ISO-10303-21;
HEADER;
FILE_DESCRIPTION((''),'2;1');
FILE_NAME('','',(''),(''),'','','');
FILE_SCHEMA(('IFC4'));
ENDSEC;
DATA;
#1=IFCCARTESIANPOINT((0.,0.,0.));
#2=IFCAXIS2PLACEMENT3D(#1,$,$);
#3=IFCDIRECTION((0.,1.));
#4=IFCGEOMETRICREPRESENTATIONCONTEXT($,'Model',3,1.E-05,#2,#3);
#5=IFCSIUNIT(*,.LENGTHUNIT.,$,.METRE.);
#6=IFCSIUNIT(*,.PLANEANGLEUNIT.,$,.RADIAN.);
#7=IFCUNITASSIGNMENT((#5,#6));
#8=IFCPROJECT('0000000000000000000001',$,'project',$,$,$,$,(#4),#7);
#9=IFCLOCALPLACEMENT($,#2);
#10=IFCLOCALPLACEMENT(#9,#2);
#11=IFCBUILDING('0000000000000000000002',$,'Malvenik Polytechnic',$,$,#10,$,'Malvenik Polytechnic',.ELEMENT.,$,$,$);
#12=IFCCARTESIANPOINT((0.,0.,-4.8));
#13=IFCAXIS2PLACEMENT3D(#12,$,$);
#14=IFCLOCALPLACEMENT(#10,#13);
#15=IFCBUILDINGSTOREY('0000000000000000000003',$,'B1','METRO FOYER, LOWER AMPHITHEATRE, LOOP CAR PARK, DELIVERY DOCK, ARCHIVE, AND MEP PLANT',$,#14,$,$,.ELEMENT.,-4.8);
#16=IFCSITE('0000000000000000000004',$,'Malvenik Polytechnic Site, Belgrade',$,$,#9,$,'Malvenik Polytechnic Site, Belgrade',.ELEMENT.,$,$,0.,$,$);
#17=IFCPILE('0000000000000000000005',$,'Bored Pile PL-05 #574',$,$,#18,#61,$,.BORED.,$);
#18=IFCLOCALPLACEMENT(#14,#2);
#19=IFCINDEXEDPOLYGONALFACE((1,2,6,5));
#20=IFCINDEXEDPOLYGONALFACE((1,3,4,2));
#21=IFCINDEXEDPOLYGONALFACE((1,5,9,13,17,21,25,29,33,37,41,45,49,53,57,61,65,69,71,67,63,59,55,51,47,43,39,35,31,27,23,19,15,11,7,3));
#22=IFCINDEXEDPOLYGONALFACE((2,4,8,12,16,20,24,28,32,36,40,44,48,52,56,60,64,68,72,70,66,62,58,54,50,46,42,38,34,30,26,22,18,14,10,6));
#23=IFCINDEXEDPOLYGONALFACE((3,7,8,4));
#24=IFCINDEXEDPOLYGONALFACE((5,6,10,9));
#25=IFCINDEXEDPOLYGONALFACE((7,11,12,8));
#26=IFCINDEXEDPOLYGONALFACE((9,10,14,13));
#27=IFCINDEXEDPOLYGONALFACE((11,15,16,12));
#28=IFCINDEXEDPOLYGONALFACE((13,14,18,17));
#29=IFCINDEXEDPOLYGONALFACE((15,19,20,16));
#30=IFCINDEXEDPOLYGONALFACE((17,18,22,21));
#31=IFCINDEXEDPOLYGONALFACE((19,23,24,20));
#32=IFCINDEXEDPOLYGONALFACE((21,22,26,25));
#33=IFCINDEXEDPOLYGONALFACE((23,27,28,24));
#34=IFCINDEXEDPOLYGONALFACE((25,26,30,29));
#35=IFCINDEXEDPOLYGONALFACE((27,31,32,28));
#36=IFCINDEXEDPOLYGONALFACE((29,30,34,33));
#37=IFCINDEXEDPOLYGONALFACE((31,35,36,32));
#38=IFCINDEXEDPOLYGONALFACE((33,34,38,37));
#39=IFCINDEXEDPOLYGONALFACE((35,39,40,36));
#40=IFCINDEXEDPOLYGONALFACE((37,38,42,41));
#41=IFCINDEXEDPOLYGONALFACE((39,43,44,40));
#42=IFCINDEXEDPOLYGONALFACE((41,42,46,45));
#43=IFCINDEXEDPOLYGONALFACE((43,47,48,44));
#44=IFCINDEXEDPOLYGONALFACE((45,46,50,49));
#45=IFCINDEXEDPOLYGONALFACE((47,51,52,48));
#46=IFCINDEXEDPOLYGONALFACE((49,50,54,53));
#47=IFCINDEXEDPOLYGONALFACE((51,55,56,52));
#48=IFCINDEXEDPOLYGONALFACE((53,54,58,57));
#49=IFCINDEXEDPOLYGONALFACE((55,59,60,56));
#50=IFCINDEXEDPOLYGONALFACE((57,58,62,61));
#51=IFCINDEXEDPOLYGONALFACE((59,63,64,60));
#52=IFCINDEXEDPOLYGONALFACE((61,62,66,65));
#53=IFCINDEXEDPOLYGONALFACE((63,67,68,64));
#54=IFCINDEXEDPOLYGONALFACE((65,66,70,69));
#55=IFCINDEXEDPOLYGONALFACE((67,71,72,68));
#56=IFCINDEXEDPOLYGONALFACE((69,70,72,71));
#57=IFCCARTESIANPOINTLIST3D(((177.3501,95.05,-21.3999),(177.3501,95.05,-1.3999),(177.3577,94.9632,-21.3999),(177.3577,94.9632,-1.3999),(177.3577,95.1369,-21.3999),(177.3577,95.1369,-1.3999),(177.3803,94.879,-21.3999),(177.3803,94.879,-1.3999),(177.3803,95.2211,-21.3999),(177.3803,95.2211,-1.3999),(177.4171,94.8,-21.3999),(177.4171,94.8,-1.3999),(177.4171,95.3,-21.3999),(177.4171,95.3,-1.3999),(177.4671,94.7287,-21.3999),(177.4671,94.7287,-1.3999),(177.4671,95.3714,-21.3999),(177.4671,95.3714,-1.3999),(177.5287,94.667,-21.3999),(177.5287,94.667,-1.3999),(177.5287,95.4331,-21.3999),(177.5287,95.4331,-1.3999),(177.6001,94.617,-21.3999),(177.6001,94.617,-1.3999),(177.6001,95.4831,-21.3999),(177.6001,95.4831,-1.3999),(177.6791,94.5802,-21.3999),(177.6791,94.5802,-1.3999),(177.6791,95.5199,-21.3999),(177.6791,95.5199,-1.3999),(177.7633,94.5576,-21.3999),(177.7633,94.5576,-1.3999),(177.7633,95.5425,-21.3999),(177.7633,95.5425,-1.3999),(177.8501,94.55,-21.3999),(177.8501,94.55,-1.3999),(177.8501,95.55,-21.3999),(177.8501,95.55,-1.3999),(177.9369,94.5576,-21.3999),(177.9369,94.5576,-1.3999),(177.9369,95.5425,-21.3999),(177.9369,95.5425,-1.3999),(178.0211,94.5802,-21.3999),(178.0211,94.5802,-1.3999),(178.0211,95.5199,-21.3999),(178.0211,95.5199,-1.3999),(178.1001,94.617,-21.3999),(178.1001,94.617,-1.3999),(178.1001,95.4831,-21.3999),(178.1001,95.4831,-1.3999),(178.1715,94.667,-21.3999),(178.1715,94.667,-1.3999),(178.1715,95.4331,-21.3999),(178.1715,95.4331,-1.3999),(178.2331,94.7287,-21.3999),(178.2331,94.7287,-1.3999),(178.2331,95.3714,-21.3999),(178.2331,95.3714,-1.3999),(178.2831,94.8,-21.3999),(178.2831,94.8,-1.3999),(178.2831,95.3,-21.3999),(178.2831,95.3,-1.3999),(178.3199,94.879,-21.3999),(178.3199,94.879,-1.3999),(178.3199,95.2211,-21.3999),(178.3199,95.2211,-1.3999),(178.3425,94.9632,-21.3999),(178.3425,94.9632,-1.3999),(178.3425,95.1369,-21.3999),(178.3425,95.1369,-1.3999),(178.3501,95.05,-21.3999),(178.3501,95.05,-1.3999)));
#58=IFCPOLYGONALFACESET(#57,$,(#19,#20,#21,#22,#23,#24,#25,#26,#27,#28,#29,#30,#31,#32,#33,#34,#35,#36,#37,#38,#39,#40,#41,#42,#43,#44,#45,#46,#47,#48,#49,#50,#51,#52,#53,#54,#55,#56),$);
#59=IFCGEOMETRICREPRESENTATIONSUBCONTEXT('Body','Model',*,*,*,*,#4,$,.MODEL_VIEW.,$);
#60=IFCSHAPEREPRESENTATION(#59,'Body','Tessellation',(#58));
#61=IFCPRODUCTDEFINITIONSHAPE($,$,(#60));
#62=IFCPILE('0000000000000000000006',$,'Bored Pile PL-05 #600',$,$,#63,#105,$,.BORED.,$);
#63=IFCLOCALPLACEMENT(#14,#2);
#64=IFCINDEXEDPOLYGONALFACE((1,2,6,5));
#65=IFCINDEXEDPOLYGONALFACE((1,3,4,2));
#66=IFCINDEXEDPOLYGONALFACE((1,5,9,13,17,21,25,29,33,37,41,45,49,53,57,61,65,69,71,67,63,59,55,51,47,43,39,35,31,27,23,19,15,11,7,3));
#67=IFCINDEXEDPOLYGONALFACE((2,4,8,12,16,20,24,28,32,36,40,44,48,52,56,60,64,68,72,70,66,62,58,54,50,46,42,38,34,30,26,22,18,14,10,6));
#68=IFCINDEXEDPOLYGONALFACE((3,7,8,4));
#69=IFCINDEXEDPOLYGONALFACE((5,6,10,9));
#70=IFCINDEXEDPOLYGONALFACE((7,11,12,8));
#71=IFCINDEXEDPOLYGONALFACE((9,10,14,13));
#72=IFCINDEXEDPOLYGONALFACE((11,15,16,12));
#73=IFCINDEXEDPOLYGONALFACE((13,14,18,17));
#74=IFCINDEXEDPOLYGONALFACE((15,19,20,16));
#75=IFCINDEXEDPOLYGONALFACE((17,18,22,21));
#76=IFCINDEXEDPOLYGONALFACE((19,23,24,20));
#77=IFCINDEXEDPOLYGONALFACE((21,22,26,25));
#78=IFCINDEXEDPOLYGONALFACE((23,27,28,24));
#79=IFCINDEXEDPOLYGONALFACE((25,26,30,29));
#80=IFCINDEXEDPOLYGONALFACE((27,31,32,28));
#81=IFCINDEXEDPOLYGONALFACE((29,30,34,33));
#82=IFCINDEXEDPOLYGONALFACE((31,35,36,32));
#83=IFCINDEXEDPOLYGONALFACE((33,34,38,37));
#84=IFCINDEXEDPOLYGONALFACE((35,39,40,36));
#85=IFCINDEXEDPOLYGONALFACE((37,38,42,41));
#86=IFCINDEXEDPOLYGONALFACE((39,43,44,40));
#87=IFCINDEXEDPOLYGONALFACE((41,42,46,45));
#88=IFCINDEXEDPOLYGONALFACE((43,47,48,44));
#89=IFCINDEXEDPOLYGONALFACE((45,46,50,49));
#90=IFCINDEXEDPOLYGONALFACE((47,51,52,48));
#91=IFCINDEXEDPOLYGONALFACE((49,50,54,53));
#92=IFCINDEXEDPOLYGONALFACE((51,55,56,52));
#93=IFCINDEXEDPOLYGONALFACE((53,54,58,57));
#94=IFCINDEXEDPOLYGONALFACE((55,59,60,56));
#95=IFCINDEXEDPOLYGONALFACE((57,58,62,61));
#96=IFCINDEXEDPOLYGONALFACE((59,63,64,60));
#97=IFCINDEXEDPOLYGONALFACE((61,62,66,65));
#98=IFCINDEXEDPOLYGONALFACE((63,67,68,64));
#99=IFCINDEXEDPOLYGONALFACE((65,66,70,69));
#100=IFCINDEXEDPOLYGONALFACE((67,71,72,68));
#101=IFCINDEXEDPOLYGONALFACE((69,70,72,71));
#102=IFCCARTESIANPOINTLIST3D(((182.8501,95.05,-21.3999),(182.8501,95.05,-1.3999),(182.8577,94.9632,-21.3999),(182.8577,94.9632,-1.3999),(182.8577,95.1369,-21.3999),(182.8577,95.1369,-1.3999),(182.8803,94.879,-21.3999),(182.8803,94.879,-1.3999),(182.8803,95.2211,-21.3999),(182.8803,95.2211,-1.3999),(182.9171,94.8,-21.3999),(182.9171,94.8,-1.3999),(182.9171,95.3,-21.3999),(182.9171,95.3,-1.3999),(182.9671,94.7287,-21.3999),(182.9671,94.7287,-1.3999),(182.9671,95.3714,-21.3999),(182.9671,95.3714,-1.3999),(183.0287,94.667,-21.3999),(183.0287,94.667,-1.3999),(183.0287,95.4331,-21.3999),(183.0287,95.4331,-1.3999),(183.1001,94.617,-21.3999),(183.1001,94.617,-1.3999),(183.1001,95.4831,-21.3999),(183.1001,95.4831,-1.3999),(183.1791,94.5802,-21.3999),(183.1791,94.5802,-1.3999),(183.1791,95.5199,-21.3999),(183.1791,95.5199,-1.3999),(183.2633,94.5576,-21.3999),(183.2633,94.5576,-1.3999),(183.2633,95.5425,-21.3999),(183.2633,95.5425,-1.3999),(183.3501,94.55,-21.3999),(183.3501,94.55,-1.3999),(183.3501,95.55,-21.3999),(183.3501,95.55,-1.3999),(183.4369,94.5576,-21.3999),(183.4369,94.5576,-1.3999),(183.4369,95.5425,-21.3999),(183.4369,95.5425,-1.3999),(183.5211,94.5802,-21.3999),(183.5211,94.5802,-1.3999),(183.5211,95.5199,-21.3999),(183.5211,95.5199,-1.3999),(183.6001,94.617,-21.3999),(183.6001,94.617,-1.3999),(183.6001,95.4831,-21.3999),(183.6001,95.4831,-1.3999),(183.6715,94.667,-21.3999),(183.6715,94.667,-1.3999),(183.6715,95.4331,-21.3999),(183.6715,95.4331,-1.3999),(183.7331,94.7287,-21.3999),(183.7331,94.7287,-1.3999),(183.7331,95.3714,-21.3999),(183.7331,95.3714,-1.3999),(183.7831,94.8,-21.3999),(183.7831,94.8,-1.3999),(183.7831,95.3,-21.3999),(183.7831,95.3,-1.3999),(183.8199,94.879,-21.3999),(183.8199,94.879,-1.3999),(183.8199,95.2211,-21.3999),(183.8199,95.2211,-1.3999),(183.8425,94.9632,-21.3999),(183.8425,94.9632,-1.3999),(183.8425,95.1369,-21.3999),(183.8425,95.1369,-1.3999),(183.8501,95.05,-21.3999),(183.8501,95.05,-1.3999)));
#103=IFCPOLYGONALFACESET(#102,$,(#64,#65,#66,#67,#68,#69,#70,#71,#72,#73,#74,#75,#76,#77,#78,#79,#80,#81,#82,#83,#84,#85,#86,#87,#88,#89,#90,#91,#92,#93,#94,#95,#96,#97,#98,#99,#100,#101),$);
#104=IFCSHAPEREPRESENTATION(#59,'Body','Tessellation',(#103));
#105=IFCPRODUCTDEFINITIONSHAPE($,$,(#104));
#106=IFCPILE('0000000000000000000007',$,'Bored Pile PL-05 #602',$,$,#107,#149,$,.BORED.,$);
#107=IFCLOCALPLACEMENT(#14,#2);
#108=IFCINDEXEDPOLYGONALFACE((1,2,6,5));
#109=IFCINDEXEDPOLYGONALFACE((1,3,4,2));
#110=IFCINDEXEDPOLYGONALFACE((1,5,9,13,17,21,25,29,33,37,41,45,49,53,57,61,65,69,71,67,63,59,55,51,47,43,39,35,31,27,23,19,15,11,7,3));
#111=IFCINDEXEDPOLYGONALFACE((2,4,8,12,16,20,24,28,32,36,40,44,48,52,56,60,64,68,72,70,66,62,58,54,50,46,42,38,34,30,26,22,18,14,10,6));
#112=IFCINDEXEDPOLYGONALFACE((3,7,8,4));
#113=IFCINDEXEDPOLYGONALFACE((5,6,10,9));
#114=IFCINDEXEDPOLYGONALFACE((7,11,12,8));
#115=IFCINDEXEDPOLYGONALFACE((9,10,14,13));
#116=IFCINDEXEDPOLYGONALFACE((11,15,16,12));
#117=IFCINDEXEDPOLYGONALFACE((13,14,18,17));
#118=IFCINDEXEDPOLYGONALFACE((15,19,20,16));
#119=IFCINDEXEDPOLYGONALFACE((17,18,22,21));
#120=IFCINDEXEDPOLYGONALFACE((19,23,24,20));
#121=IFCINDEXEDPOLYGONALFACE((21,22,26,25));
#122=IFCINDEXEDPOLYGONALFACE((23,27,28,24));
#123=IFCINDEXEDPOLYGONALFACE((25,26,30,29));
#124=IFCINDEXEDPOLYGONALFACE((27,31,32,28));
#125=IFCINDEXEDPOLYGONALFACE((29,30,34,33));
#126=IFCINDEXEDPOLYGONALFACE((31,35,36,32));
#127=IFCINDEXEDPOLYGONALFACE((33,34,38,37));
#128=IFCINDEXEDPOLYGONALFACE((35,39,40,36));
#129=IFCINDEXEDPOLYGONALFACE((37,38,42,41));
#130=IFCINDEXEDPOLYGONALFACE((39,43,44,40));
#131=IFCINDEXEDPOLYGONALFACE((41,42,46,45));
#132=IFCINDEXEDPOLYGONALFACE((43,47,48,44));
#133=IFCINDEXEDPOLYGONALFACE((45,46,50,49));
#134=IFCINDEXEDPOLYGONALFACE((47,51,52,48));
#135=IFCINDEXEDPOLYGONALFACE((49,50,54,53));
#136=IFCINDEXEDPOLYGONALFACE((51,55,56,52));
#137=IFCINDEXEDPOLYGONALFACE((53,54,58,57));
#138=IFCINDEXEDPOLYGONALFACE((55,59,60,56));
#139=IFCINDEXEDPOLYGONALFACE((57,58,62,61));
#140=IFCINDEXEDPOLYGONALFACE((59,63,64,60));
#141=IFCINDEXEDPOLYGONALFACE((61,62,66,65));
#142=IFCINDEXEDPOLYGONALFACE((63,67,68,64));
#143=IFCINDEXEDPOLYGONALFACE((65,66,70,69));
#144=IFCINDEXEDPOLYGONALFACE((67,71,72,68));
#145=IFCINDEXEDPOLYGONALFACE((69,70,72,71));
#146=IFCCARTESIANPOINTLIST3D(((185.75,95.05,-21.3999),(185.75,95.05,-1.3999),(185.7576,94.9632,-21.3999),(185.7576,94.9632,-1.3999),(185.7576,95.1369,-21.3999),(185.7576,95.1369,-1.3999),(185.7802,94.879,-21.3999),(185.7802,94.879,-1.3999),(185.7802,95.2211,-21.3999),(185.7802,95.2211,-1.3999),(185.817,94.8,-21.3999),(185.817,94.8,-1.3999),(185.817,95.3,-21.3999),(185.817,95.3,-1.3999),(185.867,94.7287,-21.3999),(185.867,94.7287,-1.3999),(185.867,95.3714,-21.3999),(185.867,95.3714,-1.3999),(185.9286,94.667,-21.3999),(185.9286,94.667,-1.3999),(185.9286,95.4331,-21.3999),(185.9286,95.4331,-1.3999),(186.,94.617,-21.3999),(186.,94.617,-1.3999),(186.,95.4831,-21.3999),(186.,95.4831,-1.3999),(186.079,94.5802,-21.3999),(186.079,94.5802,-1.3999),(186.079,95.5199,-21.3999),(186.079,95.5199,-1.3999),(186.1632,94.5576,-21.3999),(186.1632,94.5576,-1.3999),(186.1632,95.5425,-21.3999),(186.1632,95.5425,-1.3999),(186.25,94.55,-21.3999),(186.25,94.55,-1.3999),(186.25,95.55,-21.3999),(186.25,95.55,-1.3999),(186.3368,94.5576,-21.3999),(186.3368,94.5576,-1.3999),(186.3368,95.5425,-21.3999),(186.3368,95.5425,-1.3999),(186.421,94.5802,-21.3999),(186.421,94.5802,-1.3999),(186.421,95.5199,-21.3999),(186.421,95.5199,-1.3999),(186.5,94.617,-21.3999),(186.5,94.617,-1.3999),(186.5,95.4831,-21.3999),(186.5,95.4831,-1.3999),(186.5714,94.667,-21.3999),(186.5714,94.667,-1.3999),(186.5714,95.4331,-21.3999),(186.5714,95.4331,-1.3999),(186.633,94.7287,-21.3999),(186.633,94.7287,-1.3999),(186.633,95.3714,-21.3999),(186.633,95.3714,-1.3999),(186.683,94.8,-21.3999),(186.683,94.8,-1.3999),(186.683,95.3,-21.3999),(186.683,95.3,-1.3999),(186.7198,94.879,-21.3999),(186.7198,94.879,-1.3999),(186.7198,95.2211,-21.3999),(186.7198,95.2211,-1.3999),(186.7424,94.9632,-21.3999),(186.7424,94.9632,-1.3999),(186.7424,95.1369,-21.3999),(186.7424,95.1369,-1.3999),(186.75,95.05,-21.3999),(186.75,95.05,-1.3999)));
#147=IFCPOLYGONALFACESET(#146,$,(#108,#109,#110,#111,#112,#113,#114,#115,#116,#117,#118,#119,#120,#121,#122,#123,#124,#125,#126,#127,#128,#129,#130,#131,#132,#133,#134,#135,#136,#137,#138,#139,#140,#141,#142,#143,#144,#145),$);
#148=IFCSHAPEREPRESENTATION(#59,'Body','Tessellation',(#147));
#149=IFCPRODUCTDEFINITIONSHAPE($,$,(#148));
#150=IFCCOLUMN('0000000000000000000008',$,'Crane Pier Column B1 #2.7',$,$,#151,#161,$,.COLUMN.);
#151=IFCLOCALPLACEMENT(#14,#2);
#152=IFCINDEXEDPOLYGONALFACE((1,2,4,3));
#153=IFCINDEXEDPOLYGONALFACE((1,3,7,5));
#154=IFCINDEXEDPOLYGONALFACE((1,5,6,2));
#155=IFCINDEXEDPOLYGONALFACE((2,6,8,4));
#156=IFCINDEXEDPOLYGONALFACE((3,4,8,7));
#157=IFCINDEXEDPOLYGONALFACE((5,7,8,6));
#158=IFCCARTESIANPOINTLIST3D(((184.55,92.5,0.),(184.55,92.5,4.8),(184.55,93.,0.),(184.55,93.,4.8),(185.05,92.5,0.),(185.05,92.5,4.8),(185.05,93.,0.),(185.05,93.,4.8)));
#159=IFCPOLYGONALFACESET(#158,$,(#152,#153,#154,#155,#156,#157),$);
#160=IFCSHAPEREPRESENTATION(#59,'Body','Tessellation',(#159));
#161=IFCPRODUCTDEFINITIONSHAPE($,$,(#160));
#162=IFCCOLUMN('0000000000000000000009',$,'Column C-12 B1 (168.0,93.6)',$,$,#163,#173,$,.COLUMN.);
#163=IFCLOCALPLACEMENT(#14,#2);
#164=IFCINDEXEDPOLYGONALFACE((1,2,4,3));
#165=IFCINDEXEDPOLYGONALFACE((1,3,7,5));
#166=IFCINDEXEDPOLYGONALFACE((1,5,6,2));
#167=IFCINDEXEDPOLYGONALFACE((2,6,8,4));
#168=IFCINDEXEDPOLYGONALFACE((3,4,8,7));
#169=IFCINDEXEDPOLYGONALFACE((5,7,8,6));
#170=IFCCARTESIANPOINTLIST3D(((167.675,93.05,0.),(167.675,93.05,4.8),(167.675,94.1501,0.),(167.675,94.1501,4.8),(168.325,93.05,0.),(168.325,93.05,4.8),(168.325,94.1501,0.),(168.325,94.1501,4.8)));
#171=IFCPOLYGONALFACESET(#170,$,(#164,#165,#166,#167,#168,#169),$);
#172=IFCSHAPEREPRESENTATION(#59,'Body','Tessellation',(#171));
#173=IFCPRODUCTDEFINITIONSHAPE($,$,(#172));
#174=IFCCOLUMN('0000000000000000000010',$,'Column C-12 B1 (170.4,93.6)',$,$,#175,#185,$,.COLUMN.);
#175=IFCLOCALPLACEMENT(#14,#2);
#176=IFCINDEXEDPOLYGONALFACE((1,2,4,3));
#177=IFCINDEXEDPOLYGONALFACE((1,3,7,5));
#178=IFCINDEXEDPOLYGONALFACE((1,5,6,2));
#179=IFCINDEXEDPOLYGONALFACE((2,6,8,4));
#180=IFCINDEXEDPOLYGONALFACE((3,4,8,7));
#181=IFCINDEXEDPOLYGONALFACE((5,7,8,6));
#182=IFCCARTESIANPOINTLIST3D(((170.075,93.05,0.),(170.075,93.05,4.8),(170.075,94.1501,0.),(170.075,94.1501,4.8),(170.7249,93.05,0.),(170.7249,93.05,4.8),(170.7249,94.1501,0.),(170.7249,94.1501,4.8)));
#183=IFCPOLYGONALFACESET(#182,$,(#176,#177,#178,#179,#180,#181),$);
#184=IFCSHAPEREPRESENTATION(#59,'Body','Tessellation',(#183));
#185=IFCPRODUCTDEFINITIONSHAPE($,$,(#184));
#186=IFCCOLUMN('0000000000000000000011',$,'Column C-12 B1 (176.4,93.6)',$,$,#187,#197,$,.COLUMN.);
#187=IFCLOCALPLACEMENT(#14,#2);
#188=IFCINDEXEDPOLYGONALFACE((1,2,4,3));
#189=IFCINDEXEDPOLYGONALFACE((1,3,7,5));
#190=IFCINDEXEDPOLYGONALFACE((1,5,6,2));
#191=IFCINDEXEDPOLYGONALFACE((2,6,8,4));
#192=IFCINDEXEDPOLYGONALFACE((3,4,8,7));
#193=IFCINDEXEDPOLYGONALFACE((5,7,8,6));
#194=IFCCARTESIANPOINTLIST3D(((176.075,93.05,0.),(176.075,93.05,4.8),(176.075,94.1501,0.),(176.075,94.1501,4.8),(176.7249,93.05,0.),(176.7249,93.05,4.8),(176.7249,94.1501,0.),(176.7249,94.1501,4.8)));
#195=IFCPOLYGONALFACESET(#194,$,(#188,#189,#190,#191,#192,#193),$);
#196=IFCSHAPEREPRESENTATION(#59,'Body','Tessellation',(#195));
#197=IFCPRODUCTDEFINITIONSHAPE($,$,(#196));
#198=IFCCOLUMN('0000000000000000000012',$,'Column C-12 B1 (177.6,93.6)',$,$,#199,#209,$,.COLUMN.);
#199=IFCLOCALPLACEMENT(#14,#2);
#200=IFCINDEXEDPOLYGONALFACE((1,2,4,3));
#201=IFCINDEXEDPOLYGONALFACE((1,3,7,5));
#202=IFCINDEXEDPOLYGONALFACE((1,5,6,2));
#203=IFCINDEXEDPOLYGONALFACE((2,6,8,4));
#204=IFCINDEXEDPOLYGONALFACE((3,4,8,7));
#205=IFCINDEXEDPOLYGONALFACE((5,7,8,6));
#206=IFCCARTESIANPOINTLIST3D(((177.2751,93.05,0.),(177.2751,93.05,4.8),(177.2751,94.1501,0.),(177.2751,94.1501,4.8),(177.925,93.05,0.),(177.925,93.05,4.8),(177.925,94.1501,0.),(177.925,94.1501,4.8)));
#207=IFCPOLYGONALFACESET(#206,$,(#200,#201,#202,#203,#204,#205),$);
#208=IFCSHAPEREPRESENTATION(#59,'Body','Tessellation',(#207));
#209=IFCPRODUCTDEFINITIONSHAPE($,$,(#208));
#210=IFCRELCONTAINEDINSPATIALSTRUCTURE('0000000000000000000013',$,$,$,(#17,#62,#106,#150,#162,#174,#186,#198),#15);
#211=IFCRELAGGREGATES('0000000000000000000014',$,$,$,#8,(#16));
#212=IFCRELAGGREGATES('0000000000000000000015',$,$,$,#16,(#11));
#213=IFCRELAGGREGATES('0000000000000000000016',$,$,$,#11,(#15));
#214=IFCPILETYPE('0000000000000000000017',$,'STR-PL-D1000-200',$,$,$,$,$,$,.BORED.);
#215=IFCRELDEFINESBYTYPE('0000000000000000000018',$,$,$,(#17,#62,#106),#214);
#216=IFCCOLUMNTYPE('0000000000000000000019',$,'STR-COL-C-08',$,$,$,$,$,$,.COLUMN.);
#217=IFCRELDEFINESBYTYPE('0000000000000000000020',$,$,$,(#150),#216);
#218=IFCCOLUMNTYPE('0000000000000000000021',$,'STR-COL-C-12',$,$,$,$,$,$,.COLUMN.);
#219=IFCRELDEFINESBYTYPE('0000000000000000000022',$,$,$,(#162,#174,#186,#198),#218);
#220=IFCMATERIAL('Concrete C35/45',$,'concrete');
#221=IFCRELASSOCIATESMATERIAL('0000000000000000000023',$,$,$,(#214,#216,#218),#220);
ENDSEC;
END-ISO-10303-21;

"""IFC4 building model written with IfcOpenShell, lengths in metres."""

from ifc_helpers import new_model, si_unit, direction, frame, origin, origin_2d, place, context, subcontext, project, spatial, rectangle, circle, extrude, material, material_profile, profile_set, type_object, element, save


model = new_model("IFC4")

# Units and contexts
model_context = context("Model", 3, precision=1e-05, world=origin(), true_north=direction((0.0, 1.0)))
body_context = subcontext(model_context, "Body", "Model", "MODEL_VIEW")
ifc_project = project(units=[si_unit("LENGTHUNIT", "METRE"), si_unit("PLANEANGLEUNIT", "RADIAN")], contexts=[model_context])

# Site, building, storey
site_placement = place(None, origin())
site = spatial("IfcSite", under=ifc_project, at=site_placement, Name="Malvenik Polytechnic Site, Belgrade", LongName="Malvenik Polytechnic Site, Belgrade", CompositionType="ELEMENT", RefElevation=0.0)
building_placement = place(site_placement, origin())
building = spatial("IfcBuilding", under=site, at=building_placement, Name="Malvenik Polytechnic", LongName="Malvenik Polytechnic", CompositionType="ELEMENT")
storey_placement = place(building_placement, frame((0.0, 0.0, -4.8)))
storey = spatial("IfcBuildingStorey", under=building, at=storey_placement, Name="B1", Description="METRO FOYER, LOWER AMPHITHEATRE, LOOP CAR PARK, DELIVERY DOCK, ARCHIVE, AND MEP PLANT", CompositionType="ELEMENT", Elevation=-4.8)

# Shared definitions
ifc_material_1 = material(Name="Concrete C35/45", Category="concrete")

# Piles
ifc_material_profile_1 = material_profile(ifc_material_1, circle(Radius=0.5, at=origin_2d()), Name="BORED PILE D1000")
ifc_profile_set_1 = profile_set([ifc_material_profile_1], Name="Concrete C35/45")
pile_type = type_object("IfcPileType", Name="STR-PL-D1000-200", PredefinedType="BORED", material=ifc_profile_set_1)
for number, where, z_axis, x_axis, name in (
    (1, (177.8501, 95.05, -1.3999), (0.0, 0.0, -1.0), (1.0, 0.0, 0.0), "Bored Pile PL-05 #574"),
    (2, (183.3501, 95.05, -1.3999), (0.0, 0.0, -1.0), (1.0, 0.0, 0.0), "Bored Pile PL-05 #600"),
    (3, (186.25, 95.05, -1.3999), (0.0, 0.0, -1.0), (1.0, 0.0, 0.0), "Bored Pile PL-05 #602"),
):
    element("IfcPile", number, at=place(storey_placement, frame(where, z_axis=z_axis, x_axis=x_axis)), inside=storey, type_object=pile_type, Name=name, PredefinedType="BORED", context=body_context, shape_type="SweptSolid", body=[
        extrude(circle(Radius=0.5, at=origin_2d()), origin(), (0.0, 0.0, 1.0), 20.0),
    ])

# Columns
ifc_material_profile_2 = material_profile(ifc_material_1, rectangle(XDim=0.5, YDim=0.5, at=origin_2d()), Name="RC COL 500x500")
ifc_profile_set_2 = profile_set([ifc_material_profile_2], Name="Concrete C35/45")
column_type_1 = type_object("IfcColumnType", Name="STR-COL-C-08", PredefinedType="COLUMN", material=ifc_profile_set_2)
column_placement = place(storey_placement, frame((184.8, 92.75, 0.0), z_axis=(0.0, 0.0, 1.0), x_axis=(1.0, 0.0, 0.0)))
element("IfcColumn", 4, at=column_placement, inside=storey, type_object=column_type_1, Name="Crane Pier Column B1 #2.7", PredefinedType="COLUMN", context=body_context, shape_type="SweptSolid", body=[
    extrude(rectangle(XDim=0.5, YDim=0.5, at=origin_2d()), origin(), (0.0, 0.0, 1.0), 4.8),
])
ifc_material_profile_3 = material_profile(ifc_material_1, rectangle(XDim=0.6499, YDim=1.1001, at=origin_2d()), Name="RC COL 1100x650")
ifc_profile_set_3 = profile_set([ifc_material_profile_3], Name="Concrete C35/45")
column_type_2 = type_object("IfcColumnType", Name="STR-COL-C-12", PredefinedType="COLUMN", material=ifc_profile_set_3)
for number, where, z_axis, x_axis, name in (
    (5, (168.0, 93.6001, 0.0), (0.0, 0.0, 1.0), (1.0, 0.0, 0.0), "Column C-12 B1 (168.0,93.6)"),
    (6, (170.3999, 93.6001, 0.0), (0.0, 0.0, 1.0), (1.0, 0.0, 0.0), "Column C-12 B1 (170.4,93.6)"),
    (7, (176.3999, 93.6001, 0.0), (0.0, 0.0, 1.0), (1.0, 0.0, 0.0), "Column C-12 B1 (176.4,93.6)"),
    (8, (177.6001, 93.6001, 0.0), (0.0, 0.0, 1.0), (1.0, 0.0, 0.0), "Column C-12 B1 (177.6,93.6)"),
):
    element("IfcColumn", number, at=place(storey_placement, frame(where, z_axis=z_axis, x_axis=x_axis)), inside=storey, type_object=column_type_2, Name=name, PredefinedType="COLUMN", context=body_context, shape_type="SweptSolid", body=[
        extrude(rectangle(XDim=0.6499, YDim=1.1001, at=origin_2d()), origin(), (0.0, 0.0, 1.0), 4.8),
    ])

save(model, "model.ifc")
